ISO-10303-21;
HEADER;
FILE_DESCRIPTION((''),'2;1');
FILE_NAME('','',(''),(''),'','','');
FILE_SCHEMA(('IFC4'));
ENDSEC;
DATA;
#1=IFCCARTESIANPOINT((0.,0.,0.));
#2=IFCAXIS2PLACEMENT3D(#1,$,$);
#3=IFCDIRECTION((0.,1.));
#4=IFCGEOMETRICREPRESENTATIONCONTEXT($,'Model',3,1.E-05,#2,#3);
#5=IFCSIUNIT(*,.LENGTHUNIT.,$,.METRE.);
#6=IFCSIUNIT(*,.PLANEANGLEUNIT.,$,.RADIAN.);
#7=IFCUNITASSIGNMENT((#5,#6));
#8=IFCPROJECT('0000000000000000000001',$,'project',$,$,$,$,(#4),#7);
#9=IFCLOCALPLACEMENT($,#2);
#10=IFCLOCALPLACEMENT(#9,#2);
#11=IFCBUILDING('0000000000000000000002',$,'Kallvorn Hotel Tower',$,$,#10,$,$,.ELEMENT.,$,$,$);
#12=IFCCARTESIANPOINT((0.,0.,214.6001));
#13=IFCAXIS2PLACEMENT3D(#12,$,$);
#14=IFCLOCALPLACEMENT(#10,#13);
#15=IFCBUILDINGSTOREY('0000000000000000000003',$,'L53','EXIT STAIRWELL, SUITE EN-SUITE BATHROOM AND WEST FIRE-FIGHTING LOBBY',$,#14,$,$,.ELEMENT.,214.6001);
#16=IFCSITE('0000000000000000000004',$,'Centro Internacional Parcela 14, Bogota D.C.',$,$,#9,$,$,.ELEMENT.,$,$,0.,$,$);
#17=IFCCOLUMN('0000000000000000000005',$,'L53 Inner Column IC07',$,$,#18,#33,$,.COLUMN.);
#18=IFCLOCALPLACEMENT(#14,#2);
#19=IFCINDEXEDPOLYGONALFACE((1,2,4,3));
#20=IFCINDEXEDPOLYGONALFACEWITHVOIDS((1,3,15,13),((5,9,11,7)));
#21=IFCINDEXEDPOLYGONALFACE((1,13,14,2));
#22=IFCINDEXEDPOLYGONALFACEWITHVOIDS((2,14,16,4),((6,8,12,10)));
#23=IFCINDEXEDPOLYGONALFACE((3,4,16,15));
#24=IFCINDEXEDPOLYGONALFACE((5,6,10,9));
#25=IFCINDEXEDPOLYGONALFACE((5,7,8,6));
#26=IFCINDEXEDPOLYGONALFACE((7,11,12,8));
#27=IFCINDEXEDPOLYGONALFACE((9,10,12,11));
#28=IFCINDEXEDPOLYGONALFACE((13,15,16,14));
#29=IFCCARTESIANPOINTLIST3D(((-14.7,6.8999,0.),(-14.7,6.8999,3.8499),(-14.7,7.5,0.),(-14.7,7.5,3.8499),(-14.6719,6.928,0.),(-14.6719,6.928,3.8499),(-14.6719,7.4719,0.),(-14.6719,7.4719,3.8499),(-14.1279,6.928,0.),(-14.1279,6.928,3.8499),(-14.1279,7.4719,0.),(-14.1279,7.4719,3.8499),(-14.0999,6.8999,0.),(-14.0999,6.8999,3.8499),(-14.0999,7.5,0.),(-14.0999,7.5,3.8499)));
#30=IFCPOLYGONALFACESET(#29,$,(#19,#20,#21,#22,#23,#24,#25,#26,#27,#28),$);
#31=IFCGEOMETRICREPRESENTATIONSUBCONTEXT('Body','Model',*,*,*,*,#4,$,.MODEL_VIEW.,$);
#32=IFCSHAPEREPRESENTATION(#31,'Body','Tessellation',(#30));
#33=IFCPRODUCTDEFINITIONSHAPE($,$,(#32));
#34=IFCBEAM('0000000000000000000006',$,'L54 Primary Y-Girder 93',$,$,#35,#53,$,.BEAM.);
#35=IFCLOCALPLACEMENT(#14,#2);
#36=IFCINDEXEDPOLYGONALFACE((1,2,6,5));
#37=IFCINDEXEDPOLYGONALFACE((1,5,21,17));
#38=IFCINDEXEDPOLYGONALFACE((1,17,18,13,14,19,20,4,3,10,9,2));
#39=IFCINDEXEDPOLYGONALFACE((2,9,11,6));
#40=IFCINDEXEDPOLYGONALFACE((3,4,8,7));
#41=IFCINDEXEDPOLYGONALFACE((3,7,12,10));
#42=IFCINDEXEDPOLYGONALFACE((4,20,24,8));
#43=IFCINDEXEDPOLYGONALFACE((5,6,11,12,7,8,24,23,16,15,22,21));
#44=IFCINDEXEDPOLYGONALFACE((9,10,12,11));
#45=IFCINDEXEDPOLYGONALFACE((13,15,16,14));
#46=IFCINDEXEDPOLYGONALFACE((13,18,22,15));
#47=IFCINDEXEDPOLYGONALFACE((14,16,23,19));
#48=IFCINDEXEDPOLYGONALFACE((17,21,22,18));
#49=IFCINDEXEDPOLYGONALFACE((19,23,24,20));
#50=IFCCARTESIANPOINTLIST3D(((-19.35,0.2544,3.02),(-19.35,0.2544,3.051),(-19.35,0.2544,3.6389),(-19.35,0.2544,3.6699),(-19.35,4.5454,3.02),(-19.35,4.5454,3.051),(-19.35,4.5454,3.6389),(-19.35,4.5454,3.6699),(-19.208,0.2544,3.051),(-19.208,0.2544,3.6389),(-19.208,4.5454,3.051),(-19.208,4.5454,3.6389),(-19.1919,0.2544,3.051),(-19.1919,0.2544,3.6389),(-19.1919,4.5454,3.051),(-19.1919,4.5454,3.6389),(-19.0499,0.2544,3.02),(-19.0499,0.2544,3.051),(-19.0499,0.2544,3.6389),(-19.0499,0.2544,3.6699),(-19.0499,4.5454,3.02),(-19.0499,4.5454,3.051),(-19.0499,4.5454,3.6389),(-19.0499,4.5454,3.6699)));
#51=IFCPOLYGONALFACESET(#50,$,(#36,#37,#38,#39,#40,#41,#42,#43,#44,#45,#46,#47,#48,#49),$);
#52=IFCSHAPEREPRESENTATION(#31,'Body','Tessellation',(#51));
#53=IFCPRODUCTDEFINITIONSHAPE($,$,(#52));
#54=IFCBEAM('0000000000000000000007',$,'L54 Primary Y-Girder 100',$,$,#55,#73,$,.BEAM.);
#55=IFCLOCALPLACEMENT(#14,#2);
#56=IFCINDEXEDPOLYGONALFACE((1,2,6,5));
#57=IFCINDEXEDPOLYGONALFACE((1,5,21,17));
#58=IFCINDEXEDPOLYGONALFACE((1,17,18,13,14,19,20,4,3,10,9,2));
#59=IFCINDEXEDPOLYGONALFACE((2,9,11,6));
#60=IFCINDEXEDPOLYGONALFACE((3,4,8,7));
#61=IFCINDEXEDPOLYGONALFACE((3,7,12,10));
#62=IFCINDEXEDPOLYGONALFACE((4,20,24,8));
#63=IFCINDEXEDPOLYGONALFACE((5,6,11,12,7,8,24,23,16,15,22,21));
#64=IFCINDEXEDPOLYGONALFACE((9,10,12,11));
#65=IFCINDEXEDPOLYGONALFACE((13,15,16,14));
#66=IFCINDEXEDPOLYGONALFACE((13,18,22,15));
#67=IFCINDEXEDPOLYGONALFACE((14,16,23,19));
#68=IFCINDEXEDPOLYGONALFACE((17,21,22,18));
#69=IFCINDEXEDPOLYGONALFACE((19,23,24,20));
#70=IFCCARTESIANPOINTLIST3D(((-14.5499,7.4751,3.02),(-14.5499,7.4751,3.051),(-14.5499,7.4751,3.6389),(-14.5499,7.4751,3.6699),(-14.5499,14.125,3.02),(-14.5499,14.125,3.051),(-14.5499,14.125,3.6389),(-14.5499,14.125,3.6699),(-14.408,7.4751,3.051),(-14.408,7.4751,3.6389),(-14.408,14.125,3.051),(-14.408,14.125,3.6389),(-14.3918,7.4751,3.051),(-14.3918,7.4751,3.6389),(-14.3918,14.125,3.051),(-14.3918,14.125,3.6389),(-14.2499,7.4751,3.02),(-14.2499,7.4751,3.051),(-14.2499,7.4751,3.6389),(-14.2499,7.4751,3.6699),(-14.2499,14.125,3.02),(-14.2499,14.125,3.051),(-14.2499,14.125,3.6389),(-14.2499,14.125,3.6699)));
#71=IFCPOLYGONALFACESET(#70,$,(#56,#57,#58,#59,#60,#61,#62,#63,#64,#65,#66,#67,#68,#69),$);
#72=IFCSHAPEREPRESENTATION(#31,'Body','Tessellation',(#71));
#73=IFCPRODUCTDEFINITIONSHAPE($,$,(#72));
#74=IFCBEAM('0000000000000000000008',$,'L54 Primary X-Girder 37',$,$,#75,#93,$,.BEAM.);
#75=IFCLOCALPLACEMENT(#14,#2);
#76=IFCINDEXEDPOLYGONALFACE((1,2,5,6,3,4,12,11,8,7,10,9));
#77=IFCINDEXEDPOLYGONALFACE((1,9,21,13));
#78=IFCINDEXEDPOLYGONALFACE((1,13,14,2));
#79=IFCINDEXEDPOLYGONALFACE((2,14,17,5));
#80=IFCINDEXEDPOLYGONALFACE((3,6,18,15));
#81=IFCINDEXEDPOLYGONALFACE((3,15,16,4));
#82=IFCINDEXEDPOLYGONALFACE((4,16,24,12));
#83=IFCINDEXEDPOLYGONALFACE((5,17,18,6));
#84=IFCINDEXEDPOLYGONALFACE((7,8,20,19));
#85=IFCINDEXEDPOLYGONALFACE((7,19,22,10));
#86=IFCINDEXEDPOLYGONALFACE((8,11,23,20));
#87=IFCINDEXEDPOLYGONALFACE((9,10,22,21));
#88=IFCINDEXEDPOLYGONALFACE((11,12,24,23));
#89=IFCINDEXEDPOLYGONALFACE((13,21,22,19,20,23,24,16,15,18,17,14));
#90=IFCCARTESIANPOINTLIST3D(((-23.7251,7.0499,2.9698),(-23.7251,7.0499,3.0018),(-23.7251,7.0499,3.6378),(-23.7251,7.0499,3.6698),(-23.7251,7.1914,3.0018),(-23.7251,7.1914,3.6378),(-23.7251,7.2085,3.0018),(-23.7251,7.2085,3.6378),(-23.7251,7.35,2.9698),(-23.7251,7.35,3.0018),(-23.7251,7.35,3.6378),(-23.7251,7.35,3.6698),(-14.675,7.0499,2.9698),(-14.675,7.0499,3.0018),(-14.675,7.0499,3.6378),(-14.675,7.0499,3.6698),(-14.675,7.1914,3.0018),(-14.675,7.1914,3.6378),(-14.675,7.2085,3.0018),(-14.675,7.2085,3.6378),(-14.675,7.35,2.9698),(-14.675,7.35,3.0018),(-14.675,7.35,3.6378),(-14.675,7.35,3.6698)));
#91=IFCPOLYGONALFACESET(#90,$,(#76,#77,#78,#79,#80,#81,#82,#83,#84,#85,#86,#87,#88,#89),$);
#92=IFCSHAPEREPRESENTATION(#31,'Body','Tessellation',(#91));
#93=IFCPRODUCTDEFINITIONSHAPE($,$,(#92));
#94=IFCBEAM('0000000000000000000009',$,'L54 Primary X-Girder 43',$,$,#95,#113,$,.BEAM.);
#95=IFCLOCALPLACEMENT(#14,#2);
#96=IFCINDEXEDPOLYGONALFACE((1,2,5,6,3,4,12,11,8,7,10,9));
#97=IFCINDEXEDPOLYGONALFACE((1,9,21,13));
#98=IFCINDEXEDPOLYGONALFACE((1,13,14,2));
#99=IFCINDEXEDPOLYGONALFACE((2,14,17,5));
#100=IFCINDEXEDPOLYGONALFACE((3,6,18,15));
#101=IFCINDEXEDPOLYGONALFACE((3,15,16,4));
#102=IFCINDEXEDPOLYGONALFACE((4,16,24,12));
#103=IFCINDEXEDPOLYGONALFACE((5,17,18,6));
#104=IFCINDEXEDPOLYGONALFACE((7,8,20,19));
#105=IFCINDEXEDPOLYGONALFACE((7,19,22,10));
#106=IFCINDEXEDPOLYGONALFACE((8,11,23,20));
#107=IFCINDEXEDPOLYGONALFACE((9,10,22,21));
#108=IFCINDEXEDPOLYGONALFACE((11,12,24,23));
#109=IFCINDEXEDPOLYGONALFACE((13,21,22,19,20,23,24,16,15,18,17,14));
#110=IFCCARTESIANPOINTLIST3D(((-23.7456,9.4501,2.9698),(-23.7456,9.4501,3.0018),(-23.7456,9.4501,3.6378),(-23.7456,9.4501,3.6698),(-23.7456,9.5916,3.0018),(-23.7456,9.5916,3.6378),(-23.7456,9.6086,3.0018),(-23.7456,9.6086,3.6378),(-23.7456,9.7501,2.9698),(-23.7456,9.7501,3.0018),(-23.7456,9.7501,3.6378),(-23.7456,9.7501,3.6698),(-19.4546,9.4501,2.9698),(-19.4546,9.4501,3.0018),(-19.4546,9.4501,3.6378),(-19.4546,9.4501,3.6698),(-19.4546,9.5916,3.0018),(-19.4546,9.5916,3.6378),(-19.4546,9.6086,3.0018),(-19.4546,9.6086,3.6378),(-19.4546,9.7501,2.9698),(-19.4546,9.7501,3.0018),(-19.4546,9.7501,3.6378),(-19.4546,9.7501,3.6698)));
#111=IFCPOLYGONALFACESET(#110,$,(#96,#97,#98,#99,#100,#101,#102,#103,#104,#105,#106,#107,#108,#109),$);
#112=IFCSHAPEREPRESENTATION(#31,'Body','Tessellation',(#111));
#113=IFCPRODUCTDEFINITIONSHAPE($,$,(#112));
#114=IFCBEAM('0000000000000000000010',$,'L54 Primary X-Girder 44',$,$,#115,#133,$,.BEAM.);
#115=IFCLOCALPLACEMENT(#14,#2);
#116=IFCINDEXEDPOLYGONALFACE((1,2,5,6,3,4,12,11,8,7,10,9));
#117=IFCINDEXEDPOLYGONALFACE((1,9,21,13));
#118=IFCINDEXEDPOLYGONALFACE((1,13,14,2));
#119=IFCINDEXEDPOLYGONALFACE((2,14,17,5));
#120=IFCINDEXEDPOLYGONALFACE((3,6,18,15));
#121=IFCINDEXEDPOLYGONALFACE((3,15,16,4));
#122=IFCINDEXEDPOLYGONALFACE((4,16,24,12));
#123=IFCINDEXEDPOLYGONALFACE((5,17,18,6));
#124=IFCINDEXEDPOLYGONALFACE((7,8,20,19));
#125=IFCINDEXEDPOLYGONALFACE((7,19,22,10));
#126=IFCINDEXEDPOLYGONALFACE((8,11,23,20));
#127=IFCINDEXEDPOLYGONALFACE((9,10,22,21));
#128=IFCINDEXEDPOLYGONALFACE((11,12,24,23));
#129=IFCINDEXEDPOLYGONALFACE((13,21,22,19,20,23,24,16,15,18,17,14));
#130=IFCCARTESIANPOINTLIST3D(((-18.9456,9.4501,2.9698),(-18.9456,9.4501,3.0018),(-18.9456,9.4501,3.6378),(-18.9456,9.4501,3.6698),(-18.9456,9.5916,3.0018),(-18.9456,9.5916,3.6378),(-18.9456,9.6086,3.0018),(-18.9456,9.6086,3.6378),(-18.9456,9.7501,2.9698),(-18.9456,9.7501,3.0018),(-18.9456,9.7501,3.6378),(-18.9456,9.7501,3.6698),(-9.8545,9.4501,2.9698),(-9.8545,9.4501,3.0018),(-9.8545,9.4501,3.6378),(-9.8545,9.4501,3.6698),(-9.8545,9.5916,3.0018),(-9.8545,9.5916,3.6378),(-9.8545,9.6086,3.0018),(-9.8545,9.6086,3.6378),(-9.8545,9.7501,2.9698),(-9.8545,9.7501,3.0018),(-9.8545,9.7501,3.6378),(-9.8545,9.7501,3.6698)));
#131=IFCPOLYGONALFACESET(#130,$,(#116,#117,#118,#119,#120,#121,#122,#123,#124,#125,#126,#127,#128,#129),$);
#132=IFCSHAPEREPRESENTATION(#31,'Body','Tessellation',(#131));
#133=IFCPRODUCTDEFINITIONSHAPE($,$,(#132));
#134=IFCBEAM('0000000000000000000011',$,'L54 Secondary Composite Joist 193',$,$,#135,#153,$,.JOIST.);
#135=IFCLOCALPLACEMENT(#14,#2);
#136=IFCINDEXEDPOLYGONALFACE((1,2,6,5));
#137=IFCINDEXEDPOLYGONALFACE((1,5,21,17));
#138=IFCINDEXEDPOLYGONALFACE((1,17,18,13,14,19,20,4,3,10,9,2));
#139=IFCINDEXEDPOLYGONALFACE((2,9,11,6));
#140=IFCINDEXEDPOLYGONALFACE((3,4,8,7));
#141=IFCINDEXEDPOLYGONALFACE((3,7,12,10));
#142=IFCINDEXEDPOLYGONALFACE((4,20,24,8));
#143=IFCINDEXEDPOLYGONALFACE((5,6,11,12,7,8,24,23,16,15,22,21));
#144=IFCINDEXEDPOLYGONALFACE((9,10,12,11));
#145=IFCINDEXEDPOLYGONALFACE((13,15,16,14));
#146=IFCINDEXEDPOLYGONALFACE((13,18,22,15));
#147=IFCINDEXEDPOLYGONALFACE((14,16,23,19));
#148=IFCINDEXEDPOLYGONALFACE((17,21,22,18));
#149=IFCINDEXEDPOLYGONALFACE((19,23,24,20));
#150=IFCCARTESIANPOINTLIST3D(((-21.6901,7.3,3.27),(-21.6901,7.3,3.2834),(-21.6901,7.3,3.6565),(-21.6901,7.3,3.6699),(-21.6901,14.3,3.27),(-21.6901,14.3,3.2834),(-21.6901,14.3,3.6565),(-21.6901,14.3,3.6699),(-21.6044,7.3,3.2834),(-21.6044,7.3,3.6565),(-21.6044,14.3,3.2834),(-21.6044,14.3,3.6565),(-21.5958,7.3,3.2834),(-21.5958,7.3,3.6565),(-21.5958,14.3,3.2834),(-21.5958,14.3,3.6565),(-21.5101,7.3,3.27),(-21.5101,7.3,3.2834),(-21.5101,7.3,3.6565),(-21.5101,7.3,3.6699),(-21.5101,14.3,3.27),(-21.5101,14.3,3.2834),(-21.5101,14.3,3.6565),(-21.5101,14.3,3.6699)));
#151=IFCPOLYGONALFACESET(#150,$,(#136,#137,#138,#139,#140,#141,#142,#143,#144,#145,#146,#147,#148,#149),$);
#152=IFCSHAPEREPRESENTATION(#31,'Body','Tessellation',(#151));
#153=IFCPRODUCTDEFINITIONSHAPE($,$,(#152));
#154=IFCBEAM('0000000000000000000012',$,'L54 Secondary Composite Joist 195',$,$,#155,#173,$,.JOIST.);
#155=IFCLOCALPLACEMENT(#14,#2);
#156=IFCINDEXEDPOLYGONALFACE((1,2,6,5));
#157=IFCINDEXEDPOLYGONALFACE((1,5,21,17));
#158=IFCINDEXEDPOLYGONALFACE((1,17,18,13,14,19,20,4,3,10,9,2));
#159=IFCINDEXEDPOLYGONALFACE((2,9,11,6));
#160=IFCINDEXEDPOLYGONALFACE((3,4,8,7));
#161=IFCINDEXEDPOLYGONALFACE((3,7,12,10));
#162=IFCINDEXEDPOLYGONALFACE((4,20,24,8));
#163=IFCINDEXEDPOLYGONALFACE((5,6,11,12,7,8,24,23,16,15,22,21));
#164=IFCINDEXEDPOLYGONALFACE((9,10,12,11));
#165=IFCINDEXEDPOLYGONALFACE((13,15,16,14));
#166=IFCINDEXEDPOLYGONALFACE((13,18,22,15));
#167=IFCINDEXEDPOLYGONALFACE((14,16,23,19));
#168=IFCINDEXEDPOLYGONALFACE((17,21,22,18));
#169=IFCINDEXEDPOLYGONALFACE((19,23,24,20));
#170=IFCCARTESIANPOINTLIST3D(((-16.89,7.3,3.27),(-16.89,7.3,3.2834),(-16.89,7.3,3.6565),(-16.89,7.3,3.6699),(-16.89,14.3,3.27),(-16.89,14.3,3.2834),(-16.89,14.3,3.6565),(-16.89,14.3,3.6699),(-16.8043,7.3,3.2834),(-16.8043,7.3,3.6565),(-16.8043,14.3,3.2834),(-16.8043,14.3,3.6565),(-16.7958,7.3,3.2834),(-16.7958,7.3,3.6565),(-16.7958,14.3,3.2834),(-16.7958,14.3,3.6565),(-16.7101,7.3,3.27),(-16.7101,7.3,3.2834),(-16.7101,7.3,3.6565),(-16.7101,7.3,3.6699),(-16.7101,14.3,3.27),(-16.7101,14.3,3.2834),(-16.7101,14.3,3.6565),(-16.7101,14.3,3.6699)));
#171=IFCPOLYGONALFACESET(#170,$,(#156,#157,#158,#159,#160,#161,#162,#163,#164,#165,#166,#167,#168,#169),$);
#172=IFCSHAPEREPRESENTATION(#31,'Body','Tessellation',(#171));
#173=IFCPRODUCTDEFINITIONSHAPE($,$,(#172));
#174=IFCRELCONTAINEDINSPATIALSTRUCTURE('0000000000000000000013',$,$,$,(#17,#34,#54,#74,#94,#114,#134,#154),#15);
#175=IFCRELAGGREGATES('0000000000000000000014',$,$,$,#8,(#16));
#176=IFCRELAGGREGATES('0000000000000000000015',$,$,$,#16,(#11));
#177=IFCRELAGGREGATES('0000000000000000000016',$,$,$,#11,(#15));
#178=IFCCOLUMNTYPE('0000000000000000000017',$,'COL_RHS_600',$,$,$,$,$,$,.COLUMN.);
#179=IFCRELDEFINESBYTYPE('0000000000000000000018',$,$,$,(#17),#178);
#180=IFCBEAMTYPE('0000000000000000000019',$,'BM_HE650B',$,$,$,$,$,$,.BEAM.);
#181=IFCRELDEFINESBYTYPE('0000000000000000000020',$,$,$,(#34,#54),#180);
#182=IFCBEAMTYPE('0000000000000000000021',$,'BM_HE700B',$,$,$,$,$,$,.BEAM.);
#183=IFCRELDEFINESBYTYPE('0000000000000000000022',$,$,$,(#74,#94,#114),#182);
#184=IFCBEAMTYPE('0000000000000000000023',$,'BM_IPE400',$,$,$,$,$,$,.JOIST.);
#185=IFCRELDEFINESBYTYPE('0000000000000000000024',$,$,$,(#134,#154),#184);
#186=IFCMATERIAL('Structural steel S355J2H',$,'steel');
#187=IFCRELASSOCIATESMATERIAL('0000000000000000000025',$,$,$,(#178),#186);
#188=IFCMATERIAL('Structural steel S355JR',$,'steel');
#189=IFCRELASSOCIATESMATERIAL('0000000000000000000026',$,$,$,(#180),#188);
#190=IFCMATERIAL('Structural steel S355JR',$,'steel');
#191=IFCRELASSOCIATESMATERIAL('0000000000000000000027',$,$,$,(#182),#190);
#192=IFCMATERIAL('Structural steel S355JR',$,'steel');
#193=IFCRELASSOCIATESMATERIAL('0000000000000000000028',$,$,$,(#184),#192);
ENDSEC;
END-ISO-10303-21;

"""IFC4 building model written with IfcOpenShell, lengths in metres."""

from ifc_helpers import new_model, si_unit, direction, frame, origin, origin_2d, place, context, subcontext, project, spatial, hollow_rectangle, i_section, extrude, material, material_profile, profile_set, type_object, element, save


model = new_model("IFC4")

# Units and contexts
model_context = context("Model", 3, precision=1e-05, world=origin(), true_north=direction((0.0, 1.0)))
body_context = subcontext(model_context, "Body", "Model", "MODEL_VIEW")
ifc_project = project(units=[si_unit("LENGTHUNIT", "METRE"), si_unit("PLANEANGLEUNIT", "RADIAN")], contexts=[model_context])

# Site, building, storey
site_placement = place(None, origin())
site = spatial("IfcSite", under=ifc_project, at=site_placement, Name="Centro Internacional Parcela 14, Bogota D.C.", CompositionType="ELEMENT", RefElevation=0.0)
building_placement = place(site_placement, origin())
building = spatial("IfcBuilding", under=site, at=building_placement, Name="Kallvorn Hotel Tower", CompositionType="ELEMENT")
storey_placement = place(building_placement, frame((0.0, 0.0, 214.6001)))
storey = spatial("IfcBuildingStorey", under=building, at=storey_placement, Name="L53", Description="EXIT STAIRWELL, SUITE EN-SUITE BATHROOM AND WEST FIRE-FIGHTING LOBBY", CompositionType="ELEMENT", Elevation=214.6001)

# Column
ifc_material_1 = material(Name="Structural steel S355J2H", Category="steel")
ifc_material_profile_1 = material_profile(ifc_material_1, hollow_rectangle(XDim=0.6001, YDim=0.6001, WallThickness=0.0281, at=origin_2d()), Name="RHS 600x600x28")
ifc_profile_set_1 = profile_set([ifc_material_profile_1], Name="Structural steel S355J2H")
column_type_1 = type_object("IfcColumnType", Name="COL_RHS_600", PredefinedType="COLUMN", material=ifc_profile_set_1)
column_placement = place(storey_placement, frame((-14.3999, 7.2, 0.0), z_axis=(0.0, 0.0, 1.0), x_axis=(1.0, 0.0, 0.0)))
element("IfcColumn", 1, at=column_placement, inside=storey, type_object=column_type_1, Name="L53 Inner Column IC07", PredefinedType="COLUMN", context=body_context, shape_type="SweptSolid", body=[
    extrude(hollow_rectangle(XDim=0.6001, YDim=0.6001, WallThickness=0.0281, at=origin_2d()), origin(), (0.0, 0.0, 1.0), 3.8499),
])

# Beams
ifc_material_2 = material(Name="Structural steel S355JR", Category="steel")
ifc_material_profile_2 = material_profile(ifc_material_2, i_section(OverallWidth=0.3, OverallDepth=0.6499, WebThickness=0.0161, FlangeThickness=0.031, at=origin_2d()), Name="HE 650 B")
ifc_profile_set_2 = profile_set([ifc_material_profile_2], Name="Structural steel S355JR")
beam_type_1 = type_object("IfcBeamType", Name="BM_HE650B", PredefinedType="BEAM", material=ifc_profile_set_2)
beam_1_placement = place(storey_placement, frame((-19.2, 0.2544, 3.345), z_axis=(0.0, 1.0, 0.0), x_axis=(-1.0, 0.0, 0.0)))
element("IfcBeam", 2, at=beam_1_placement, inside=storey, type_object=beam_type_1, Name="L54 Primary Y-Girder 93", PredefinedType="BEAM", context=body_context, shape_type="SweptSolid", body=[
    extrude(i_section(OverallWidth=0.3, OverallDepth=0.6499, WebThickness=0.0161, FlangeThickness=0.031, at=origin_2d()), origin(), (0.0, 0.0, 1.0), 4.291),
])
beam_2_placement = place(storey_placement, frame((-14.3999, 7.4751, 3.345), z_axis=(0.0, 1.0, 0.0), x_axis=(-1.0, 0.0, 0.0)))
element("IfcBeam", 3, at=beam_2_placement, inside=storey, type_object=beam_type_1, Name="L54 Primary Y-Girder 100", PredefinedType="BEAM", context=body_context, shape_type="SweptSolid", body=[
    extrude(i_section(OverallWidth=0.3, OverallDepth=0.6499, WebThickness=0.0161, FlangeThickness=0.031, at=origin_2d()), origin(), (0.0, 0.0, 1.0), 6.6499),
])
ifc_material_3 = material(Name="Structural steel S355JR", Category="steel")
ifc_material_profile_3 = material_profile(ifc_material_3, i_section(OverallWidth=0.3, OverallDepth=0.7, WebThickness=0.0171, FlangeThickness=0.032, at=origin_2d()), Name="HE 700 B")
ifc_profile_set_3 = profile_set([ifc_material_profile_3], Name="Structural steel S355JR")
beam_type_2 = type_object("IfcBeamType", Name="BM_HE700B", PredefinedType="BEAM", material=ifc_profile_set_3)
beam_3_placement = place(storey_placement, frame((-23.7251, 7.2, 3.3198), z_axis=(1.0, 0.0, 0.0), x_axis=(0.0, 1.0, 0.0)))
element("IfcBeam", 4, at=beam_3_placement, inside=storey, type_object=beam_type_2, Name="L54 Primary X-Girder 37", PredefinedType="BEAM", context=body_context, shape_type="SweptSolid", body=[
    extrude(i_section(OverallWidth=0.3, OverallDepth=0.7, WebThickness=0.0171, FlangeThickness=0.032, at=origin_2d()), origin(), (0.0, 0.0, 1.0), 9.05),
])
beam_4_placement = place(storey_placement, frame((-23.7456, 9.6001, 3.3198), z_axis=(1.0, 0.0, 0.0), x_axis=(0.0, 1.0, 0.0)))
element("IfcBeam", 5, at=beam_4_placement, inside=storey, type_object=beam_type_2, Name="L54 Primary X-Girder 43", PredefinedType="BEAM", context=body_context, shape_type="SweptSolid", body=[
    extrude(i_section(OverallWidth=0.3, OverallDepth=0.7, WebThickness=0.0171, FlangeThickness=0.032, at=origin_2d()), origin(), (0.0, 0.0, 1.0), 4.291),
])
beam_5_placement = place(storey_placement, frame((-18.9456, 9.6001, 3.3198), z_axis=(1.0, 0.0, 0.0), x_axis=(0.0, 1.0, 0.0)))
element("IfcBeam", 6, at=beam_5_placement, inside=storey, type_object=beam_type_2, Name="L54 Primary X-Girder 44", PredefinedType="BEAM", context=body_context, shape_type="SweptSolid", body=[
    extrude(i_section(OverallWidth=0.3, OverallDepth=0.7, WebThickness=0.0171, FlangeThickness=0.032, at=origin_2d()), origin(), (0.0, 0.0, 1.0), 9.0911),
])
ifc_material_4 = material(Name="Structural steel S355JR", Category="steel")
ifc_material_profile_4 = material_profile(ifc_material_4, i_section(OverallWidth=0.1799, OverallDepth=0.3999, WebThickness=0.0085, FlangeThickness=0.0134, at=origin_2d()), Name="IPE 400")
ifc_profile_set_4 = profile_set([ifc_material_profile_4], Name="Structural steel S355JR")
beam_type_3 = type_object("IfcBeamType", Name="BM_IPE400", PredefinedType="JOIST", material=ifc_profile_set_4)
for number, where, z_axis, x_axis, name in (
    (7, (-21.6001, 7.3, 3.47), (0.0, 1.0, 0.0), (-1.0, 0.0, 0.0), "L54 Secondary Composite Joist 193"),
    (8, (-16.8, 7.3, 3.47), (0.0, 1.0, 0.0), (-1.0, 0.0, 0.0), "L54 Secondary Composite Joist 195"),
):
    element("IfcBeam", number, at=place(storey_placement, frame(where, z_axis=z_axis, x_axis=x_axis)), inside=storey, type_object=beam_type_3, Name=name, PredefinedType="JOIST", context=body_context, shape_type="SweptSolid", body=[
        extrude(i_section(OverallWidth=0.1799, OverallDepth=0.3999, WebThickness=0.0085, FlangeThickness=0.0134, at=origin_2d()), origin(), (0.0, 0.0, 1.0), 7.0),
    ])

save(model, "model.ifc")
